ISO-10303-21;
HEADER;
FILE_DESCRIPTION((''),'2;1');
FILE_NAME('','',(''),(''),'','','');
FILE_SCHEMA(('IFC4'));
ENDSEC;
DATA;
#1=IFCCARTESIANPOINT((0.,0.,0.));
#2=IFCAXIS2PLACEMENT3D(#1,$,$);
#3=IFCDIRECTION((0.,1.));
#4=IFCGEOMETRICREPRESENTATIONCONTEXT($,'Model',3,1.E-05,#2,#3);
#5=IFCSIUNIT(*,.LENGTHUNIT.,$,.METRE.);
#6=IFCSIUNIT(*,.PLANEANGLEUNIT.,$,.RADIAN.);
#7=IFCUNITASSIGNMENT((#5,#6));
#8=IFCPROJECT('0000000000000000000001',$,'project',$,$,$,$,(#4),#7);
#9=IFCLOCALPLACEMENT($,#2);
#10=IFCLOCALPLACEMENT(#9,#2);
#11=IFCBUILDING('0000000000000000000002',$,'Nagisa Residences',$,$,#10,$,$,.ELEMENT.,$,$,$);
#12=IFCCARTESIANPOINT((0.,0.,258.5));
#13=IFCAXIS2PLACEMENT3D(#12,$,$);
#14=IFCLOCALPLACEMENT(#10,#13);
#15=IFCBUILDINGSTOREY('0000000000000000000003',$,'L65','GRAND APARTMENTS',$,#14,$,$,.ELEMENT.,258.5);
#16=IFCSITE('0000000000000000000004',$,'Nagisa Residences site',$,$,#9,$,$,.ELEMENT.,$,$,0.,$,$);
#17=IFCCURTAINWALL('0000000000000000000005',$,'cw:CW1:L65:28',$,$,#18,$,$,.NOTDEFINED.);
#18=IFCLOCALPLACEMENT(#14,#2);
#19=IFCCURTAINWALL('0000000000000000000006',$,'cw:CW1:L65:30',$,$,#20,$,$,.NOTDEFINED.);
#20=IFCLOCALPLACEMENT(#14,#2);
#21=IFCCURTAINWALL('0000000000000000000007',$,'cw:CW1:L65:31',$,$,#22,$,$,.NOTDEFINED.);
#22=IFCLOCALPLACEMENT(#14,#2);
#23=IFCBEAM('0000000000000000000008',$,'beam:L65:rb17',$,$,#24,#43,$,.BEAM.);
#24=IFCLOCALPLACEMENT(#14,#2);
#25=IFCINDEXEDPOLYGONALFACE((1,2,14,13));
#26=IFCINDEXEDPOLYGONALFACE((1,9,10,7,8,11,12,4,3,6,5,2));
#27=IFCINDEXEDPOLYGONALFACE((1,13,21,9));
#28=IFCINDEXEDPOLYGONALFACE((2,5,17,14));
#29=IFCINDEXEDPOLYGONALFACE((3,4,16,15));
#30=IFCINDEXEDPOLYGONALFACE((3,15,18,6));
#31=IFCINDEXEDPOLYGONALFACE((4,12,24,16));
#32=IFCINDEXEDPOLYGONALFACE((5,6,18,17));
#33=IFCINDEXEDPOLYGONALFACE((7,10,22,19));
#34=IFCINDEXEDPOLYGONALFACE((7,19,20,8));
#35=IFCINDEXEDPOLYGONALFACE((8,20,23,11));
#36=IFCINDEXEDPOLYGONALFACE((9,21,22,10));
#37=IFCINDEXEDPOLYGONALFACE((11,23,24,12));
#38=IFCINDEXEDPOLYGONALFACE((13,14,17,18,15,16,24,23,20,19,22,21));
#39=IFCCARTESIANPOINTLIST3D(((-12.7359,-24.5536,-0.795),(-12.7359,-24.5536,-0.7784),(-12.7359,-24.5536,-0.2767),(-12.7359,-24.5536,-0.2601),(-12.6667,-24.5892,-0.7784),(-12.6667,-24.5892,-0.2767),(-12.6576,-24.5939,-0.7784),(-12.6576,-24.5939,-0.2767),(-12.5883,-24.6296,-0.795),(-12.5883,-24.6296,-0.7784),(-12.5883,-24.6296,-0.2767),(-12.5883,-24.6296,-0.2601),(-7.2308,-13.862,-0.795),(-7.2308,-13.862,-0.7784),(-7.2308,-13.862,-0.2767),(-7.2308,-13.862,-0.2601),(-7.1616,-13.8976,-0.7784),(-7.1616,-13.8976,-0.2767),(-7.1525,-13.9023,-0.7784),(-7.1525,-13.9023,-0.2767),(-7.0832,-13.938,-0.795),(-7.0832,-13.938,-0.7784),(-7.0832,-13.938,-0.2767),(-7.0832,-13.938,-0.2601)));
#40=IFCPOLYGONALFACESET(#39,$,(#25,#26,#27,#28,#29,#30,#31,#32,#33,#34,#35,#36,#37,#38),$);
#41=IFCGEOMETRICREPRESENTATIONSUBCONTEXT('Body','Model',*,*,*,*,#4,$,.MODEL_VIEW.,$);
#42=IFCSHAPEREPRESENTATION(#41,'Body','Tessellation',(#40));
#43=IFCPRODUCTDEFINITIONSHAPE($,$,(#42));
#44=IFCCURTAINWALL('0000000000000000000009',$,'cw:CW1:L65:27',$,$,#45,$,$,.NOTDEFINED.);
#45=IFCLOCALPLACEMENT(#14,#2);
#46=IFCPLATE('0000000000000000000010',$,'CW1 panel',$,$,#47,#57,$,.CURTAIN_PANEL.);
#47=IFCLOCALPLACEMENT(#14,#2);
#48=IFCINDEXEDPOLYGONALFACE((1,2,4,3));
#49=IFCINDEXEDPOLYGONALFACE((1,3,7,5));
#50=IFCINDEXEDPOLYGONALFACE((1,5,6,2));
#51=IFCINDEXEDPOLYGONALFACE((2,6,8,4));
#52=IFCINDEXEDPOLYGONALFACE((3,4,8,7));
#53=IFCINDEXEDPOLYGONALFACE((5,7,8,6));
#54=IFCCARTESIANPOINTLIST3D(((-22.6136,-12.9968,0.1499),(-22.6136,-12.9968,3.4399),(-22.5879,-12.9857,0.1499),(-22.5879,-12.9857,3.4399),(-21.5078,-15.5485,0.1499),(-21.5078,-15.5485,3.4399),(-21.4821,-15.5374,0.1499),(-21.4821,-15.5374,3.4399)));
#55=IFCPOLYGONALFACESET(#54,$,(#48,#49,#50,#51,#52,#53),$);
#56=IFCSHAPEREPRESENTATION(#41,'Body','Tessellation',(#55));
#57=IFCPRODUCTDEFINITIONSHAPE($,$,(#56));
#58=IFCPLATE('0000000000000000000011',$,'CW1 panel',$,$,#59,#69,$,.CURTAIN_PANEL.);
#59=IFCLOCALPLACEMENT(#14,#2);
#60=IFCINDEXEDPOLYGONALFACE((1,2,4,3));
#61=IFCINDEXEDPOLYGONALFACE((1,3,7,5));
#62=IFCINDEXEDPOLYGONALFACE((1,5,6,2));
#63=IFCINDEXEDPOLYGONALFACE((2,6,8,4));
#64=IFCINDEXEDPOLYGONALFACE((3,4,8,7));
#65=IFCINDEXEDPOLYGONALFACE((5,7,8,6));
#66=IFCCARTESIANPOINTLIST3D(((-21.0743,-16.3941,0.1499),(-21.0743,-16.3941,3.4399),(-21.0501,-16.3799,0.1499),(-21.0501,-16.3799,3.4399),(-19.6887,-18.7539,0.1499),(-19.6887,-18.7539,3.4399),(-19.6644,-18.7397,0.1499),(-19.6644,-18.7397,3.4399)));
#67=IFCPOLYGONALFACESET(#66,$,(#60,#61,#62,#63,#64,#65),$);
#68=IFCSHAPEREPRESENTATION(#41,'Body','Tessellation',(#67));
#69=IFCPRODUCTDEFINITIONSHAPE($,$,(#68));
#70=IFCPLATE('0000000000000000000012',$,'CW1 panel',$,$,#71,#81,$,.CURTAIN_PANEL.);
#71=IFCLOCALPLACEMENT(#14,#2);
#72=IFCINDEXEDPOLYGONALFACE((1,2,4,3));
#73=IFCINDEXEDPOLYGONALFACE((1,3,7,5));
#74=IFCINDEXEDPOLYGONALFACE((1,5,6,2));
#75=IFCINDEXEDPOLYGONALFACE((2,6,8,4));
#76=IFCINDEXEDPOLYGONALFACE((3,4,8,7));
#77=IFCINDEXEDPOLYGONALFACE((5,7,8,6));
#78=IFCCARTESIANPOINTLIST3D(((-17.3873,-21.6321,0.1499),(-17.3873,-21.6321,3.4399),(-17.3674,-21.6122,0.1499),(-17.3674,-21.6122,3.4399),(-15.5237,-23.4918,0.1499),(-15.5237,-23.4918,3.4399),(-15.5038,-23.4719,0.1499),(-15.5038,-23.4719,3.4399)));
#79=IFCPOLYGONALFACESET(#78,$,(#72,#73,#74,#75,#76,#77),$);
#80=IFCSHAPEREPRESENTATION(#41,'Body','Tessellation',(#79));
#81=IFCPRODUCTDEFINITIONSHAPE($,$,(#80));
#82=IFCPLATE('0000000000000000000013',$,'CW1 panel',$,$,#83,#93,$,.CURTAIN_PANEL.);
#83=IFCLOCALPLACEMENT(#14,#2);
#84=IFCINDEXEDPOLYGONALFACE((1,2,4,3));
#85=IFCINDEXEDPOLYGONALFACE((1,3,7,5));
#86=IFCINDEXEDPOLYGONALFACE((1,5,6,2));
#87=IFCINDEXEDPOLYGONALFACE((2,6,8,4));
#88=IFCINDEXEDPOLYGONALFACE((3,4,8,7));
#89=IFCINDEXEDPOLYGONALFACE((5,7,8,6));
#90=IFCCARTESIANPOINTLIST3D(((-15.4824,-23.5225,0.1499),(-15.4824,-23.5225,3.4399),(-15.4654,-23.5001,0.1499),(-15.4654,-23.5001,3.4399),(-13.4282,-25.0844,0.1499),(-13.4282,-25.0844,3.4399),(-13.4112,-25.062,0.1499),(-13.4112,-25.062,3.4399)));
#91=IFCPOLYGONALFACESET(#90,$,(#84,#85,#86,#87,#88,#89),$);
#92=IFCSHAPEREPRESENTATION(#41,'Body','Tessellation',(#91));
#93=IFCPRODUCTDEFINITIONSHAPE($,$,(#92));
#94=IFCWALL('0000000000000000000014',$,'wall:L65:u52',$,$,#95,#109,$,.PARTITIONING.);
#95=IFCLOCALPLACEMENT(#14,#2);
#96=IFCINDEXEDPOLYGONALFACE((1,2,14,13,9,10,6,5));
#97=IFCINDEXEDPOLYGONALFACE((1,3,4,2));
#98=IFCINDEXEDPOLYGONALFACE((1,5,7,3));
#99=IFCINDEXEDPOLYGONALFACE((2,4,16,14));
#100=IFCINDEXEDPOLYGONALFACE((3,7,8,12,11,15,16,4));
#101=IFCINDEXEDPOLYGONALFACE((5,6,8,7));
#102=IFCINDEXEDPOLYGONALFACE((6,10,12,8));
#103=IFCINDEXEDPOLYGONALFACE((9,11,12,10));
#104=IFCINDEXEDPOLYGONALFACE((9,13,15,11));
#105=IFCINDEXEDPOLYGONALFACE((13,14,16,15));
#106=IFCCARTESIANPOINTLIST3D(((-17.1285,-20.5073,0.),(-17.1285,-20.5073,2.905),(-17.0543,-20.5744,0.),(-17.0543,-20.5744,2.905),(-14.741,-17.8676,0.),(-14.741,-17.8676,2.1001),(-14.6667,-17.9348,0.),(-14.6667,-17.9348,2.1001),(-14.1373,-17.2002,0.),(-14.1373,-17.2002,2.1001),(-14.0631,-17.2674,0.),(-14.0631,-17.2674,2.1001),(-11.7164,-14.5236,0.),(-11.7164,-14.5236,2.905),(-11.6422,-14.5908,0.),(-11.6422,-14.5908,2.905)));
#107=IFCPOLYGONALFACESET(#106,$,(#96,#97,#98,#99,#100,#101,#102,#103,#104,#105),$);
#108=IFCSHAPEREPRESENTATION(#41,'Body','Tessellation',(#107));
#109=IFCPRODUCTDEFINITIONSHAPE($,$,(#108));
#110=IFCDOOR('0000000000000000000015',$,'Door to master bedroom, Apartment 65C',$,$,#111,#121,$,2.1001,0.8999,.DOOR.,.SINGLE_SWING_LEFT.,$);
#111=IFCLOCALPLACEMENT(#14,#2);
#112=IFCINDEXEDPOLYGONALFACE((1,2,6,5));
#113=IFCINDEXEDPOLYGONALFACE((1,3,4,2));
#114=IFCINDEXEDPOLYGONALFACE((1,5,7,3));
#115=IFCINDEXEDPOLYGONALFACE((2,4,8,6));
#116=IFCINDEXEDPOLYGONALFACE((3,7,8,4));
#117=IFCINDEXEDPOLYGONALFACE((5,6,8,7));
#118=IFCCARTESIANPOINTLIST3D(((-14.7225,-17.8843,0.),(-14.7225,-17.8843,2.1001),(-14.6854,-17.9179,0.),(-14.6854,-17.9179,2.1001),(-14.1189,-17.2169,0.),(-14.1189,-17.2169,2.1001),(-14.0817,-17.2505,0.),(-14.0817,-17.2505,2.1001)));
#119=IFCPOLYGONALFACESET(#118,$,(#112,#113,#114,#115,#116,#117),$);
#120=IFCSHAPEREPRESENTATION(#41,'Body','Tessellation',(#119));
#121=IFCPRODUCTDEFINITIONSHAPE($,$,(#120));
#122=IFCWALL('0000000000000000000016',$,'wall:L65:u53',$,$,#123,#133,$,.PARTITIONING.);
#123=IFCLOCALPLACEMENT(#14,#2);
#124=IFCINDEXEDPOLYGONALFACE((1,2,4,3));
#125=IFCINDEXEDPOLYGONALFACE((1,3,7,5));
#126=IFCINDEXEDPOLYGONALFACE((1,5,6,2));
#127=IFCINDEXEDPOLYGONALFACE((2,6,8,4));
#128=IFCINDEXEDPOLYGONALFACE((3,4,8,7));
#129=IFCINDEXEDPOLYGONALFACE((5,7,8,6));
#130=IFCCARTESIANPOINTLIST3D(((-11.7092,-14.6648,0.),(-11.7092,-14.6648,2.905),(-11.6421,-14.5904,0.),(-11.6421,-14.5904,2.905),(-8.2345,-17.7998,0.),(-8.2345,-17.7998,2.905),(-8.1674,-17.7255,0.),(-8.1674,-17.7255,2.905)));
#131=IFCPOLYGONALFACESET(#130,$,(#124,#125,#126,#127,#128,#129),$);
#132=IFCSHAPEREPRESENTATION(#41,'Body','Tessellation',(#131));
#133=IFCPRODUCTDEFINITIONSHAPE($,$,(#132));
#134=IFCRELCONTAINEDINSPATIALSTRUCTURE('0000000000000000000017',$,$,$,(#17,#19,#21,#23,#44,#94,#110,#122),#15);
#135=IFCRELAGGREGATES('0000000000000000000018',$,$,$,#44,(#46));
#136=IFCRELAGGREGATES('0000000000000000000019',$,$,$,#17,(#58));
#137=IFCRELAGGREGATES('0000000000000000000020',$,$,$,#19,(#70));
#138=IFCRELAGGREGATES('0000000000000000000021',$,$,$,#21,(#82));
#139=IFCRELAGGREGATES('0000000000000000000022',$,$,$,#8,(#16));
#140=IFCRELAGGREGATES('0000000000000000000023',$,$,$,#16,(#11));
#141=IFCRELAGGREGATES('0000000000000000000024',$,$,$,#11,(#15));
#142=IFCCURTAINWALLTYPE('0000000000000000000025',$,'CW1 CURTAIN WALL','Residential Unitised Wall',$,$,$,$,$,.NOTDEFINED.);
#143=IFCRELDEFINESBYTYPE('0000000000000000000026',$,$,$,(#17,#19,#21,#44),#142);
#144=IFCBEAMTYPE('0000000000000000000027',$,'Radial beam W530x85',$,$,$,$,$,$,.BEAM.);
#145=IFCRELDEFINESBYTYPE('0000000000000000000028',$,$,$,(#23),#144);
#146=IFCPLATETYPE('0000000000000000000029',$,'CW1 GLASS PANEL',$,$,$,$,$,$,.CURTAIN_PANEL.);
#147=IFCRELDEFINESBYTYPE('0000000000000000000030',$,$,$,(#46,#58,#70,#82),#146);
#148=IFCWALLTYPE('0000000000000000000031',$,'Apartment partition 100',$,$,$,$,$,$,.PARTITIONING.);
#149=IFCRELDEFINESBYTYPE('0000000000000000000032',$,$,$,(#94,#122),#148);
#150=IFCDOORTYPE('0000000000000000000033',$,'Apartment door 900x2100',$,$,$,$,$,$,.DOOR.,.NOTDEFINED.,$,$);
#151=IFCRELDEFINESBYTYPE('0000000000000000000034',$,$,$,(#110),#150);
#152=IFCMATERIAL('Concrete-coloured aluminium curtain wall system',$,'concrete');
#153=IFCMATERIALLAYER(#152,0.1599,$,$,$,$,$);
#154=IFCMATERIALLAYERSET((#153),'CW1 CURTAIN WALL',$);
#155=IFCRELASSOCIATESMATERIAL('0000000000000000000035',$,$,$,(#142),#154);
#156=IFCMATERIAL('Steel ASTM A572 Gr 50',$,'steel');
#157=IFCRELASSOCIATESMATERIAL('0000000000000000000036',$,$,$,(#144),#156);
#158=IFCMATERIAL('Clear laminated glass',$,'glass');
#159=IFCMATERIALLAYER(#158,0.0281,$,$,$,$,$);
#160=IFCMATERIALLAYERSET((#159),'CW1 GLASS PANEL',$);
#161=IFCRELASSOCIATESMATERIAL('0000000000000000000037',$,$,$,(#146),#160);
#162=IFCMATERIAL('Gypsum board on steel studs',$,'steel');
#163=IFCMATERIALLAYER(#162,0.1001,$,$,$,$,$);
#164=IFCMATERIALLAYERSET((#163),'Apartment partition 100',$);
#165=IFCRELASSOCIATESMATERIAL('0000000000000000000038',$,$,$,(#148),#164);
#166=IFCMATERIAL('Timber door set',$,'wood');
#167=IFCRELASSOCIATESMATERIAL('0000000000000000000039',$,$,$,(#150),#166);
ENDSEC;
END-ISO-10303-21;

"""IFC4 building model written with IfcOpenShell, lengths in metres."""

from ifc_helpers import new_model, si_unit, direction, frame, frame_2d, origin, origin_2d, place, context, subcontext, project, spatial, rectangle, i_section, extrude, material, layer, layer_set, material_profile, profile_set, type_object, element, fill, aggregate, save


model = new_model("IFC4")

# Units and contexts
model_context = context("Model", 3, precision=1e-05, world=origin(), true_north=direction((0.0, 1.0)))
body_context = subcontext(model_context, "Body", "Model", "MODEL_VIEW")
ifc_project = project(units=[si_unit("LENGTHUNIT", "METRE"), si_unit("PLANEANGLEUNIT", "RADIAN")], contexts=[model_context])

# Site, building, storey
site_placement = place(None, origin())
site = spatial("IfcSite", under=ifc_project, at=site_placement, Name="Nagisa Residences site", CompositionType="ELEMENT", RefElevation=0.0)
building_placement = place(site_placement, origin())
building = spatial("IfcBuilding", under=site, at=building_placement, Name="Nagisa Residences", CompositionType="ELEMENT")
storey_placement = place(building_placement, frame((0.0, 0.0, 258.5)))
storey = spatial("IfcBuildingStorey", under=building, at=storey_placement, Name="L65", Description="GRAND APARTMENTS", CompositionType="ELEMENT", Elevation=258.5)

# Curtain walls
ifc_material_1 = material(Name="Concrete-coloured aluminium curtain wall system", Category="concrete")
ifc_layer_1 = layer(ifc_material_1, 0.1599)
ifc_layer_set_1 = layer_set([ifc_layer_1], Name="CW1 CURTAIN WALL")
curtain_wall_type = type_object("IfcCurtainWallType", Name="CW1 CURTAIN WALL", Description="Residential Unitised Wall", PredefinedType="NOTDEFINED", material=ifc_layer_set_1)
curtain_wall_1_placement = place(storey_placement, origin())
curtain_wall_1 = element("IfcCurtainWall", 1, at=curtain_wall_1_placement, inside=storey, type_object=curtain_wall_type, Name="cw:CW1:L65:28", PredefinedType="NOTDEFINED")
curtain_wall_2_placement = place(storey_placement, origin())
curtain_wall_2 = element("IfcCurtainWall", 2, at=curtain_wall_2_placement, inside=storey, type_object=curtain_wall_type, Name="cw:CW1:L65:30", PredefinedType="NOTDEFINED")
curtain_wall_3_placement = place(storey_placement, origin())
curtain_wall_3 = element("IfcCurtainWall", 3, at=curtain_wall_3_placement, inside=storey, type_object=curtain_wall_type, Name="cw:CW1:L65:31", PredefinedType="NOTDEFINED")

# Beam
ifc_material_2 = material(Name="Steel ASTM A572 Gr 50", Category="steel")
ifc_material_profile_1 = material_profile(ifc_material_2, i_section(OverallWidth=0.166, OverallDepth=0.5349, WebThickness=0.0103, FlangeThickness=0.0166, at=origin_2d()), Name="W530x85")
ifc_profile_set_1 = profile_set([ifc_material_profile_1], Name="Steel ASTM A572 Gr 50")
beam_type = type_object("IfcBeamType", Name="Radial beam W530x85", PredefinedType="BEAM", material=ifc_profile_set_1)
beam_1_placement = place(storey_placement, frame((-12.6621, -24.5916, -0.5276), z_axis=(0.45778, 0.889066, 0.0), x_axis=(-0.889066, 0.45778, 0.0)))
element("IfcBeam", 4, at=beam_1_placement, inside=storey, type_object=beam_type, Name="beam:L65:rb17", PredefinedType="BEAM", context=body_context, shape_type="SweptSolid", body=[
    extrude(i_section(OverallWidth=0.166, OverallDepth=0.5349, WebThickness=0.0103, FlangeThickness=0.0166, at=origin_2d()), origin(), (0.0, 0.0, 1.0), 12.0256),
])

# Curtain wall, plate
curtain_wall_4_placement = place(storey_placement, origin())
curtain_wall_4 = element("IfcCurtainWall", 5, at=curtain_wall_4_placement, inside=storey, type_object=curtain_wall_type, Name="cw:CW1:L65:27", PredefinedType="NOTDEFINED")
ifc_material_3 = material(Name="Clear laminated glass", Category="glass")
ifc_layer_2 = layer(ifc_material_3, 0.0281)
ifc_layer_set_2 = layer_set([ifc_layer_2], Name="CW1 GLASS PANEL")
plate_type = type_object("IfcPlateType", Name="CW1 GLASS PANEL", PredefinedType="CURTAIN_PANEL", material=ifc_layer_set_2)
plate_1_placement = place(storey_placement, frame((-22.0479, -14.2671, 0.1499), z_axis=(0.0, 0.0, 1.0), x_axis=(0.397636, -0.917543, 0.0)))
plate_1 = element("IfcPlate", 6, at=plate_1_placement, type_object=plate_type, Name="CW1 panel", PredefinedType="CURTAIN_PANEL", context=body_context, shape_type="SweptSolid", body=[
    extrude(rectangle(XDim=2.781, YDim=0.0281, at=origin_2d()), origin(), (0.0, 0.0, 1.0), 3.29),
])
aggregate(curtain_wall_4, [plate_1])

# Plates
plate_2_placement = place(storey_placement, frame((-20.3694, -17.5669, 0.1499), z_axis=(0.0, 0.0, 1.0), x_axis=(0.506349, -0.862329, 0.0)))
plate_2 = element("IfcPlate", 7, at=plate_2_placement, type_object=plate_type, Name="CW1 panel", PredefinedType="CURTAIN_PANEL", context=body_context, shape_type="SweptSolid", body=[
    extrude(rectangle(XDim=2.7366, YDim=0.0281, at=origin_2d()), origin(), (0.0, 0.0, 1.0), 3.29),
])
aggregate(curtain_wall_1, [plate_2])
plate_3_placement = place(storey_placement, frame((-16.4456, -22.552, 0.1499), z_axis=(0.0, 0.0, 1.0), x_axis=(0.707836, -0.706377, 0.0)))
plate_3 = element("IfcPlate", 8, at=plate_3_placement, type_object=plate_type, Name="CW1 panel", PredefinedType="CURTAIN_PANEL", context=body_context, shape_type="SweptSolid", body=[
    extrude(rectangle(XDim=2.6328, YDim=0.0281, at=origin_2d()), origin(), (0.0, 0.0, 1.0), 3.29),
])
aggregate(curtain_wall_2, [plate_3])
plate_4_placement = place(storey_placement, frame((-14.4468, -24.2922, 0.1499), z_axis=(0.0, 0.0, 1.0), x_axis=(0.796031, -0.605255, 0.0)))
plate_4 = element("IfcPlate", 9, at=plate_4_placement, type_object=plate_type, Name="CW1 panel", PredefinedType="CURTAIN_PANEL", context=body_context, shape_type="SweptSolid", body=[
    extrude(rectangle(XDim=2.5806, YDim=0.0281, at=origin_2d()), origin(), (0.0, 0.0, 1.0), 3.29),
])
aggregate(curtain_wall_3, [plate_4])

# Wall, opening, door
ifc_material_4 = material(Name="Gypsum board on steel studs", Category="steel")
ifc_layer_3 = layer(ifc_material_4, 0.1001)
ifc_layer_set_3 = layer_set([ifc_layer_3], Name="Apartment partition 100")
wall_type_1 = type_object("IfcWallType", Name="Apartment partition 100", PredefinedType="PARTITIONING", material=ifc_layer_set_3)
wall_1_placement = place(storey_placement, frame((-11.6792, -14.5571, 0.0), z_axis=(0.0, 0.0, 1.0), x_axis=(-0.6708, -0.741638, 0.0)))
wall_1 = element("IfcWall", 10, at=wall_1_placement, inside=storey, type_object=wall_type_1, Name="wall:L65:u52", PredefinedType="PARTITIONING", context=body_context, shape_type="SweptSolid", body=[
    extrude(rectangle(XDim=8.0681, YDim=0.1001, at=frame_2d((4.0342, 0.0))), origin(), (0.0, 0.0, 1.0), 2.905),
])
opening_1_placement = place(wall_1_placement, frame((3.6091, 0.0, 0.0)))
opening_1 = element("IfcOpeningElement", 11, at=opening_1_placement, cuts=wall_1, PredefinedType="OPENING", context=body_context, shape_type="SweptSolid", body=[
    extrude(rectangle(XDim=0.8999, YDim=2.1001, at=frame_2d((0.45, 1.05))), frame((0.0, 0.0601, 0.0), z_axis=(0.0, -1.0, 0.0), x_axis=(1.0, 0.0, 0.0)), (0.0, 0.0, 1.0), 0.1201),
])
ifc_material_5 = material(Name="Timber door set", Category="wood")
door_type_1 = type_object("IfcDoorType", Name="Apartment door 900x2100", OperationType="NOTDEFINED", PredefinedType="DOOR", material=ifc_material_5)
door_1_placement = place(opening_1_placement, origin())
door_1 = element("IfcDoor", 12, at=door_1_placement, inside=storey, type_object=door_type_1, Name="Door to master bedroom, Apartment 65C", OperationType="SINGLE_SWING_LEFT", OverallHeight=2.1001, OverallWidth=0.8999, PredefinedType="DOOR", context=body_context, shape_type="SweptSolid", body=[
    extrude(rectangle(XDim=0.8999, YDim=2.1001, at=frame_2d((0.45, 1.05))), frame((0.0, 0.0249, 0.0), z_axis=(0.0, -1.0, 0.0), x_axis=(1.0, 0.0, 0.0)), (0.0, 0.0, 1.0), 0.05),
])
fill(opening_1, door_1)

# Wall
wall_2_placement = place(storey_placement, frame((-11.6755, -14.6277, 0.0), z_axis=(0.0, 0.0, 1.0), x_axis=(0.742458, -0.669892, 0.0)))
element("IfcWall", 13, at=wall_2_placement, inside=storey, type_object=wall_type_1, Name="wall:L65:u53", PredefinedType="PARTITIONING", context=body_context, shape_type="SweptSolid", body=[
    extrude(rectangle(XDim=4.6799, YDim=0.1001, at=frame_2d((2.3398, 0.0))), origin(), (0.0, 0.0, 1.0), 2.905),
])

save(model, "model.ifc")
